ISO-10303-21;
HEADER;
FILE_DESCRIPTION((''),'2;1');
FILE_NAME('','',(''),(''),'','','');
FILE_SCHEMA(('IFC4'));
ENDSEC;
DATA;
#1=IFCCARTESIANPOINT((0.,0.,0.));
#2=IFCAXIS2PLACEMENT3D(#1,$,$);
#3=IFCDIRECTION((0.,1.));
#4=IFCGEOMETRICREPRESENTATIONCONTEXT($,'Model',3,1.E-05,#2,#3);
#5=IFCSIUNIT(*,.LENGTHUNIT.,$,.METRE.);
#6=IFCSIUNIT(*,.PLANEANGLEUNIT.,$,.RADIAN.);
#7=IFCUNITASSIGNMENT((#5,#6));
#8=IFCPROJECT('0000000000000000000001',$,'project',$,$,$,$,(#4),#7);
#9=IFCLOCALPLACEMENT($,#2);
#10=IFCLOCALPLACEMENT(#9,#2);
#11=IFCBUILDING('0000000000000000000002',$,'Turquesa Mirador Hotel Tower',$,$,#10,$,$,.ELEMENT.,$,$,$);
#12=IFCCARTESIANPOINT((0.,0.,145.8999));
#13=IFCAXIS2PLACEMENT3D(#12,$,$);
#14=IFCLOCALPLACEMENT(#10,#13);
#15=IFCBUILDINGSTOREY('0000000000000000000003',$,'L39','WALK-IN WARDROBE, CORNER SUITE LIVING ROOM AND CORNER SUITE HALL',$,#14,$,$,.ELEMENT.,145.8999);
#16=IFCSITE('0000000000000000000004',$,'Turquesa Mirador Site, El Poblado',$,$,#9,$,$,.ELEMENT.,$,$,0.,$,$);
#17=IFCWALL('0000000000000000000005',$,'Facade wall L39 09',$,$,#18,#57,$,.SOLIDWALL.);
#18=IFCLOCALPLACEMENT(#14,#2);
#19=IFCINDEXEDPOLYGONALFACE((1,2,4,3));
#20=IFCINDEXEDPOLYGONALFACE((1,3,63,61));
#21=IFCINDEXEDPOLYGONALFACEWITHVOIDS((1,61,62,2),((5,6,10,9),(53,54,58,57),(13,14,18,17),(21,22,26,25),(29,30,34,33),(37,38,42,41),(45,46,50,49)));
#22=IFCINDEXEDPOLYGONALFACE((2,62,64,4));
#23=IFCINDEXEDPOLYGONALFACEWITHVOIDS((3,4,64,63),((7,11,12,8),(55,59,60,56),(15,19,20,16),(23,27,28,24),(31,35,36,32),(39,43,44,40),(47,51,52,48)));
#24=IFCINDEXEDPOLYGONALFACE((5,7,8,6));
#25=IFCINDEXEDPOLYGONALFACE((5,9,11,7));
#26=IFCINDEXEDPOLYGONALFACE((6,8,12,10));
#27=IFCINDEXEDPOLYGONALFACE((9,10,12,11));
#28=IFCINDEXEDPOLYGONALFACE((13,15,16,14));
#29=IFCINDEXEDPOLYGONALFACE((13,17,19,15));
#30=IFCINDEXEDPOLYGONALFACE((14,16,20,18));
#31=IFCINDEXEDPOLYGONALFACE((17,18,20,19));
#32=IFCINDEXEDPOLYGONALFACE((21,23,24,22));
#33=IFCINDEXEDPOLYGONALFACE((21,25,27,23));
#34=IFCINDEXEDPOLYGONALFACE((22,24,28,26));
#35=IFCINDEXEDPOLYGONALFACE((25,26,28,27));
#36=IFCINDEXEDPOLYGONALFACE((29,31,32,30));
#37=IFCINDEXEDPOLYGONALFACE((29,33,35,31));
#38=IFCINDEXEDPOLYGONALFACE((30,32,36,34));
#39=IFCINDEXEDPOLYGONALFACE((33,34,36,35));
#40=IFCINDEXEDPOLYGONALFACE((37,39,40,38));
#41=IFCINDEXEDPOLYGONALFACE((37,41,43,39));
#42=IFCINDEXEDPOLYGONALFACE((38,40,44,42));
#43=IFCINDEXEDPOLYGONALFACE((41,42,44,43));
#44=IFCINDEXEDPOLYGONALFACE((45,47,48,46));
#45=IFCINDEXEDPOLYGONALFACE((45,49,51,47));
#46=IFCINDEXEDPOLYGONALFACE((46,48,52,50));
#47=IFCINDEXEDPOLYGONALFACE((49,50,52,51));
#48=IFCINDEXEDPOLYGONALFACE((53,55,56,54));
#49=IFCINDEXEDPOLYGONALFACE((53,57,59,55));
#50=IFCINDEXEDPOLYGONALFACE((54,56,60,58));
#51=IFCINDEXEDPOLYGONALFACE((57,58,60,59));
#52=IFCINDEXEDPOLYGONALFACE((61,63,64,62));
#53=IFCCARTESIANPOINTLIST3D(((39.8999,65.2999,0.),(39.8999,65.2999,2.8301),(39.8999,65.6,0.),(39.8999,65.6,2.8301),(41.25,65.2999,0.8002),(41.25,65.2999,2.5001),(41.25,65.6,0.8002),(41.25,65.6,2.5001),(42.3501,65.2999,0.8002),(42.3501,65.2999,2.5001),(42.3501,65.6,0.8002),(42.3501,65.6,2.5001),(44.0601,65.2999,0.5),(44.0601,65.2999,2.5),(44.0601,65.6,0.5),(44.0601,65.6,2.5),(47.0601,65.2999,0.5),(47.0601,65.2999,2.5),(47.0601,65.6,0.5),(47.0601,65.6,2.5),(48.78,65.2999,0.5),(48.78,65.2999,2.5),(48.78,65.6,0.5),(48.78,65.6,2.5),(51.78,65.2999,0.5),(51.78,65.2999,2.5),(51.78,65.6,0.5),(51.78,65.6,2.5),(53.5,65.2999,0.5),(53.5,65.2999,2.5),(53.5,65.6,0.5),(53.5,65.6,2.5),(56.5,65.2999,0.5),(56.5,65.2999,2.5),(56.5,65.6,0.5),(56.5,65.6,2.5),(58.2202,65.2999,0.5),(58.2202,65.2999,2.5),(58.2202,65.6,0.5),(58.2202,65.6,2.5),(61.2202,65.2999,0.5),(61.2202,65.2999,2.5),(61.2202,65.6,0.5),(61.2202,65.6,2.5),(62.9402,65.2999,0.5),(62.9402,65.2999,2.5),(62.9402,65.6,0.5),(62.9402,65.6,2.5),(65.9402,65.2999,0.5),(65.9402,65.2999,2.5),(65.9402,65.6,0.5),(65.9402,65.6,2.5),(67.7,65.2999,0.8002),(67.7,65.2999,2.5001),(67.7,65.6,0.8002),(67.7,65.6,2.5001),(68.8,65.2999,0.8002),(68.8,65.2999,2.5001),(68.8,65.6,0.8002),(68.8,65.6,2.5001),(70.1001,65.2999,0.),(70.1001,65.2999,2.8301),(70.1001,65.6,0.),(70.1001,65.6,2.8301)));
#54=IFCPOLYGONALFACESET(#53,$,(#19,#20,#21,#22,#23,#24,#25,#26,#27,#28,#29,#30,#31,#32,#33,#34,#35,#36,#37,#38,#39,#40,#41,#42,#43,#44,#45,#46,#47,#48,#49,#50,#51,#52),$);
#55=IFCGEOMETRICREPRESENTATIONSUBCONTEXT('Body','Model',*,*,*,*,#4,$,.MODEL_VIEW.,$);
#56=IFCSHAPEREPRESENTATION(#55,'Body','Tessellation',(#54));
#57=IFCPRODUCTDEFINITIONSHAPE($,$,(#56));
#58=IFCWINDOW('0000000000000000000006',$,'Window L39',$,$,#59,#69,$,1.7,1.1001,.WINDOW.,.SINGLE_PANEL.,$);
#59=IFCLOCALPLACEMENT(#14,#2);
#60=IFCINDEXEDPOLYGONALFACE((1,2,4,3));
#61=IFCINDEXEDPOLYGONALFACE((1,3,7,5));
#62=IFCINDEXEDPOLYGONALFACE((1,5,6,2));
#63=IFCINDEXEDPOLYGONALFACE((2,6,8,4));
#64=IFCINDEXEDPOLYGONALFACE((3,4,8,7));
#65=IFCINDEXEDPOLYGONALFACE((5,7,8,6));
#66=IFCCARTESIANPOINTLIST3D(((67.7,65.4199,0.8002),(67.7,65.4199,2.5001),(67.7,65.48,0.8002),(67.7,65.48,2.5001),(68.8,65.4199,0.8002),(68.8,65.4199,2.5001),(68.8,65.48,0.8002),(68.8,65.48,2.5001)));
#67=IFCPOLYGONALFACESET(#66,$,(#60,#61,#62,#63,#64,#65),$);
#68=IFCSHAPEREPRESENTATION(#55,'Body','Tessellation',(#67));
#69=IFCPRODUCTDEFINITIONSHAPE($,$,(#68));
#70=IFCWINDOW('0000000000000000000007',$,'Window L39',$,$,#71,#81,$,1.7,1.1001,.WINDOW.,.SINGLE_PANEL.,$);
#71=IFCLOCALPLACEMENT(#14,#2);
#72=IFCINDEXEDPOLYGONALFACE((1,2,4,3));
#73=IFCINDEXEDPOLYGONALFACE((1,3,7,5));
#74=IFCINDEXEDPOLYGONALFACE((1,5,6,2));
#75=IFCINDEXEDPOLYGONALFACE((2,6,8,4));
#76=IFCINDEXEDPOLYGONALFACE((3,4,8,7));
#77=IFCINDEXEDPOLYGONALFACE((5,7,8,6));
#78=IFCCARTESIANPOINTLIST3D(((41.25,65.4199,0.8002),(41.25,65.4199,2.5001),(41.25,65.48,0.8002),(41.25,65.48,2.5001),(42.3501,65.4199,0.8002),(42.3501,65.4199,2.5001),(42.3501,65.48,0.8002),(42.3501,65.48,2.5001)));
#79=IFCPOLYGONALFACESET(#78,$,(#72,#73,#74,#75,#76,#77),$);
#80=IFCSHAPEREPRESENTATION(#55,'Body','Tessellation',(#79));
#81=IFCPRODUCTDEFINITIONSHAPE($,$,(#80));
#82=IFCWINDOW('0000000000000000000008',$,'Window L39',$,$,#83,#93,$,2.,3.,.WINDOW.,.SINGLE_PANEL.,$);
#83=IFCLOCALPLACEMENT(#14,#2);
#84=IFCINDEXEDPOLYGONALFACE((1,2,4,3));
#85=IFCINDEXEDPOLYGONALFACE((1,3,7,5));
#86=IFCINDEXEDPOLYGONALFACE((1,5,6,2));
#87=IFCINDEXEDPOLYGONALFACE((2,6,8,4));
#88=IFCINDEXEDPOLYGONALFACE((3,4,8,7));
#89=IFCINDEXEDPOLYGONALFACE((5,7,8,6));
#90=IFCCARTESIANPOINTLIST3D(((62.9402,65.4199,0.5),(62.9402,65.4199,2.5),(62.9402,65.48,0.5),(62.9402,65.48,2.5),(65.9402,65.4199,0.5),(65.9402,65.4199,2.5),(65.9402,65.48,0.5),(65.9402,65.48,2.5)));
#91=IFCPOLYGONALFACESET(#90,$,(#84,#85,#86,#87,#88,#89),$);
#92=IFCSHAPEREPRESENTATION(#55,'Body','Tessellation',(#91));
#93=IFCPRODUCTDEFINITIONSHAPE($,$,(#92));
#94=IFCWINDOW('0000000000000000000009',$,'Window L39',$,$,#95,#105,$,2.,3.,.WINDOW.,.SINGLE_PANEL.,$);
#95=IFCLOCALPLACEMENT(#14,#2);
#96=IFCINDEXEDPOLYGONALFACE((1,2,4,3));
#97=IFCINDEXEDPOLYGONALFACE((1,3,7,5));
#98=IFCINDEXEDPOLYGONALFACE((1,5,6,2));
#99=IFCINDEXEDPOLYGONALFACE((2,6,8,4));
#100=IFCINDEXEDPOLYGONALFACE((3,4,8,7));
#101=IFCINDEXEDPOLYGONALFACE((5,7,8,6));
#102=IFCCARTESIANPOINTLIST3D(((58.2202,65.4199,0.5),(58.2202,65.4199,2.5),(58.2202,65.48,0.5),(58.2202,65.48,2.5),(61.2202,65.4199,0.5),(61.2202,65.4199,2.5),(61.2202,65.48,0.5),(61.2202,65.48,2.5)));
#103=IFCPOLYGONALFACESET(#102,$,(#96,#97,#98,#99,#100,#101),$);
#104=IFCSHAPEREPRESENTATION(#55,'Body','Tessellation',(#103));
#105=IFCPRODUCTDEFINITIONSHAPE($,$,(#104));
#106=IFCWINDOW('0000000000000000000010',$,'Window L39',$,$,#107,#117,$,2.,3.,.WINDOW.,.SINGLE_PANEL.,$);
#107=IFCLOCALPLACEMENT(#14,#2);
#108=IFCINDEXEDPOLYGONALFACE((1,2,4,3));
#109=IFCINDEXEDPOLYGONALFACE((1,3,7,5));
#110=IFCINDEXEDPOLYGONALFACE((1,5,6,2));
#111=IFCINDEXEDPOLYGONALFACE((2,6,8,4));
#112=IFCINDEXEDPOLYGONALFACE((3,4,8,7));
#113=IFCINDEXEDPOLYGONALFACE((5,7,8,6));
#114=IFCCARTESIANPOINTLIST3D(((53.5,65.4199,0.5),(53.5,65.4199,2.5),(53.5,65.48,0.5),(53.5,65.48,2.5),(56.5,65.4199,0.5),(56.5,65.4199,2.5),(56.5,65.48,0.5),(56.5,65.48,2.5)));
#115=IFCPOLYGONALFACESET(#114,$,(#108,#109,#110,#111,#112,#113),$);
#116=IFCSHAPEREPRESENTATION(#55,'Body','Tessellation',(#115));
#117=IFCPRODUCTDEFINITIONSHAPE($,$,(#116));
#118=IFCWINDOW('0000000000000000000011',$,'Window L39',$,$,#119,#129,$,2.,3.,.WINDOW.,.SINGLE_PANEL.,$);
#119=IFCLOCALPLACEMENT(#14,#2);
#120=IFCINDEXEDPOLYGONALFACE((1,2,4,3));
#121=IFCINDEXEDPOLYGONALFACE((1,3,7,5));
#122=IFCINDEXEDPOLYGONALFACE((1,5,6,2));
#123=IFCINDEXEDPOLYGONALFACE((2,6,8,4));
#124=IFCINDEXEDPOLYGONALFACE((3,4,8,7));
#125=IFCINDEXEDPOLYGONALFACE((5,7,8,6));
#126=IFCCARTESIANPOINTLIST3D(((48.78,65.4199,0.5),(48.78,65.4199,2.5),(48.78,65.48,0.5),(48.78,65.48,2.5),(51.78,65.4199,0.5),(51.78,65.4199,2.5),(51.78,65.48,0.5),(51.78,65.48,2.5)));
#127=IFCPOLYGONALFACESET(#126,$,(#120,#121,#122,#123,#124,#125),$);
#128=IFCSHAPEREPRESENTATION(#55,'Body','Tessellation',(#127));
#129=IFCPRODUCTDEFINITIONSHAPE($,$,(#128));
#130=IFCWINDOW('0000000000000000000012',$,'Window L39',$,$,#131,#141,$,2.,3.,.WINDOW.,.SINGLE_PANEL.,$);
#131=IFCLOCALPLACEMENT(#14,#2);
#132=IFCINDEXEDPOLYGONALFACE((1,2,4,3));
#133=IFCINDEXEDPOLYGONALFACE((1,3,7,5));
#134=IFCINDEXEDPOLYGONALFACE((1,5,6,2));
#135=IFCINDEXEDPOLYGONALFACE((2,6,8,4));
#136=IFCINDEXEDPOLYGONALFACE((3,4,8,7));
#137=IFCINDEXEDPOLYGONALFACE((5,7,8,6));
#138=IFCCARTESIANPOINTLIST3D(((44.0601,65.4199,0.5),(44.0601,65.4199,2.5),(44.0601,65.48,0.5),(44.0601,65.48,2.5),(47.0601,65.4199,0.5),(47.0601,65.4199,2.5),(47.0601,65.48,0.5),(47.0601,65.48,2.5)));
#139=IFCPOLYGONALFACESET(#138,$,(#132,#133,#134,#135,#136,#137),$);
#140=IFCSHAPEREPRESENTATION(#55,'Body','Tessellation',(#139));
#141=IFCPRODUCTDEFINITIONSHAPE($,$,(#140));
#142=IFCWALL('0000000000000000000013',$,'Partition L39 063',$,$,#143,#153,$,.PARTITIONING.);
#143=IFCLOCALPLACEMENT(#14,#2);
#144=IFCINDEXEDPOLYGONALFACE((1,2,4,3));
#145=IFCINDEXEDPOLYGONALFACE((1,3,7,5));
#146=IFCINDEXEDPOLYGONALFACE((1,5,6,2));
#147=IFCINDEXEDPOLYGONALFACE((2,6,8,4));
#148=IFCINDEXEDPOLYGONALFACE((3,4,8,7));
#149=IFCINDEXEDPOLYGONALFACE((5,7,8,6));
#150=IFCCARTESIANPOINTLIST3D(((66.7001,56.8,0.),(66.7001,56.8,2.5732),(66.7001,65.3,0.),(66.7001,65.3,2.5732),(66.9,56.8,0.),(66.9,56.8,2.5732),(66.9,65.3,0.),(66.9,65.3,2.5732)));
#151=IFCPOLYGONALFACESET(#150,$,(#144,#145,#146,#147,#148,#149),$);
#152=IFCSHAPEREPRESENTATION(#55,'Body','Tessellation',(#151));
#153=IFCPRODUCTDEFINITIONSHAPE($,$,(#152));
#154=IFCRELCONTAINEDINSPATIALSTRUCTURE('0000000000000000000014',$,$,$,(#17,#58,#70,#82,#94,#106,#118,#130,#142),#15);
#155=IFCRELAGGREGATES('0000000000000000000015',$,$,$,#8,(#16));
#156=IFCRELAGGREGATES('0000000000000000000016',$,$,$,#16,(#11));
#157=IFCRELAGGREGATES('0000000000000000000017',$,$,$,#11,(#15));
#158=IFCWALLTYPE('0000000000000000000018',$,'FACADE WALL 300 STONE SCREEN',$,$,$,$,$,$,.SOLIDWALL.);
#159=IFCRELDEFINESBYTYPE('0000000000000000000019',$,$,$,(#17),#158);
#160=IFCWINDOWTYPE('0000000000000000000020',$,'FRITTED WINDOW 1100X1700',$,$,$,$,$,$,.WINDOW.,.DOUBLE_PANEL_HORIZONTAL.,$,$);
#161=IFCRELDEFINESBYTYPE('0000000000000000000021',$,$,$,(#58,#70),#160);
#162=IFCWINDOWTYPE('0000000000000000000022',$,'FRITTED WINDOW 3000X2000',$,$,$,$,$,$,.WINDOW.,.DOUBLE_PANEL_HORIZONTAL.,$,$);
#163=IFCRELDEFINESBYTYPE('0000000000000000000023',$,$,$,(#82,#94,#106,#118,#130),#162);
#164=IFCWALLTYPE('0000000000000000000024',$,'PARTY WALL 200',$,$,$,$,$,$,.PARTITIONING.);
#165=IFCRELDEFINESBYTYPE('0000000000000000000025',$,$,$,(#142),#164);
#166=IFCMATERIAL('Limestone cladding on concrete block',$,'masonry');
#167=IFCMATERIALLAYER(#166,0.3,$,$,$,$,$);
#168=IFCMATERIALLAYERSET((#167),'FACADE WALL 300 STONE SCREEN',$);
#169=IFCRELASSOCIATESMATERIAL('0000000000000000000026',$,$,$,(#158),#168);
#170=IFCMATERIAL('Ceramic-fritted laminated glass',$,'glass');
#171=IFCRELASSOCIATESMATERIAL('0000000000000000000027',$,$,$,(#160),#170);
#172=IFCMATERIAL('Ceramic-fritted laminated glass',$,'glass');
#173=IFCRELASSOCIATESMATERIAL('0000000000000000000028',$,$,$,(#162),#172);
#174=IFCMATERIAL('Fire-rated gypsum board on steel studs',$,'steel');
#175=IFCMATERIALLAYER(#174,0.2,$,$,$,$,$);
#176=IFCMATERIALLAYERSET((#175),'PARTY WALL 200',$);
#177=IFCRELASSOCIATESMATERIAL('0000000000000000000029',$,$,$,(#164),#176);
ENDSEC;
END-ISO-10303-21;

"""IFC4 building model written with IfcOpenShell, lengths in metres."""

from ifc_helpers import new_model, si_unit, direction, frame, frame_2d, origin, place, context, subcontext, project, spatial, rectangle, extrude, material, layer, layer_set, type_object, element, fill, save


model = new_model("IFC4")

# Units and contexts
model_context = context("Model", 3, precision=1e-05, world=origin(), true_north=direction((0.0, 1.0)))
body_context = subcontext(model_context, "Body", "Model", "MODEL_VIEW")
ifc_project = project(units=[si_unit("LENGTHUNIT", "METRE"), si_unit("PLANEANGLEUNIT", "RADIAN")], contexts=[model_context])

# Site, building, storey
site_placement = place(None, origin())
site = spatial("IfcSite", under=ifc_project, at=site_placement, Name="Turquesa Mirador Site, El Poblado", CompositionType="ELEMENT", RefElevation=0.0)
building_placement = place(site_placement, origin())
building = spatial("IfcBuilding", under=site, at=building_placement, Name="Turquesa Mirador Hotel Tower", CompositionType="ELEMENT")
storey_placement = place(building_placement, frame((0.0, 0.0, 145.8999)))
storey = spatial("IfcBuildingStorey", under=building, at=storey_placement, Name="L39", Description="WALK-IN WARDROBE, CORNER SUITE LIVING ROOM AND CORNER SUITE HALL", CompositionType="ELEMENT", Elevation=145.8999)

# Shared definitions
ifc_material_1 = material(Name="Limestone cladding on concrete block", Category="masonry")
ifc_layer_1 = layer(ifc_material_1, 0.3)
ifc_layer_set_1 = layer_set([ifc_layer_1], Name="FACADE WALL 300 STONE SCREEN")
wall_type_1 = type_object("IfcWallType", Name="FACADE WALL 300 STONE SCREEN", PredefinedType="SOLIDWALL", material=ifc_layer_set_1)

# Wall, openings, windows
wall_1_placement = place(storey_placement, frame((70.1001, 65.45, 0.0), z_axis=(0.0, 0.0, 1.0), x_axis=(-1.0, 0.0, 0.0)))
wall_1 = element("IfcWall", 1, at=wall_1_placement, inside=storey, type_object=wall_type_1, Name="Facade wall L39 09", PredefinedType="SOLIDWALL", context=body_context, shape_type="SweptSolid", body=[
    extrude(rectangle(XDim=30.2002, YDim=0.3, at=frame_2d((15.1001, 0.0))), origin(), (0.0, 0.0, 1.0), 2.8301),
])
opening_1_placement = place(wall_1_placement, frame((1.3, 0.0, 0.8)))
opening_1 = element("IfcOpeningElement", 2, at=opening_1_placement, cuts=wall_1, PredefinedType="OPENING", context=body_context, shape_type="SweptSolid", body=[
    extrude(rectangle(XDim=1.1001, YDim=1.7, at=frame_2d((0.55, 0.8501))), frame((0.0, 0.1599, 0.0), z_axis=(0.0, -1.0, 0.0), x_axis=(1.0, 0.0, 0.0)), (0.0, 0.0, 1.0), 0.3201),
])
opening_2_placement = place(wall_1_placement, frame((4.1599, 0.0, 0.5)))
opening_2 = element("IfcOpeningElement", 3, at=opening_2_placement, cuts=wall_1, PredefinedType="OPENING", context=body_context, shape_type="SweptSolid", body=[
    extrude(rectangle(XDim=3.0, YDim=2.0, at=frame_2d((1.5, 1.0))), frame((0.0, 0.1599, 0.0), z_axis=(0.0, -1.0, 0.0), x_axis=(1.0, 0.0, 0.0)), (0.0, 0.0, 1.0), 0.3201),
])
opening_3_placement = place(wall_1_placement, frame((8.8799, 0.0, 0.5)))
opening_3 = element("IfcOpeningElement", 4, at=opening_3_placement, cuts=wall_1, PredefinedType="OPENING", context=body_context, shape_type="SweptSolid", body=[
    extrude(rectangle(XDim=3.0, YDim=2.0, at=frame_2d((1.5, 1.0))), frame((0.0, 0.1599, 0.0), z_axis=(0.0, -1.0, 0.0), x_axis=(1.0, 0.0, 0.0)), (0.0, 0.0, 1.0), 0.3201),
])
opening_4_placement = place(wall_1_placement, frame((13.6001, 0.0, 0.5)))
opening_4 = element("IfcOpeningElement", 5, at=opening_4_placement, cuts=wall_1, PredefinedType="OPENING", context=body_context, shape_type="SweptSolid", body=[
    extrude(rectangle(XDim=3.0, YDim=2.0, at=frame_2d((1.5, 1.0))), frame((0.0, 0.1599, 0.0), z_axis=(0.0, -1.0, 0.0), x_axis=(1.0, 0.0, 0.0)), (0.0, 0.0, 1.0), 0.3201),
])
opening_5_placement = place(wall_1_placement, frame((18.3201, 0.0, 0.5)))
opening_5 = element("IfcOpeningElement", 6, at=opening_5_placement, cuts=wall_1, PredefinedType="OPENING", context=body_context, shape_type="SweptSolid", body=[
    extrude(rectangle(XDim=3.0, YDim=2.0, at=frame_2d((1.5, 1.0))), frame((0.0, 0.1599, 0.0), z_axis=(0.0, -1.0, 0.0), x_axis=(1.0, 0.0, 0.0)), (0.0, 0.0, 1.0), 0.3201),
])
opening_6_placement = place(wall_1_placement, frame((23.04, 0.0, 0.5)))
opening_6 = element("IfcOpeningElement", 7, at=opening_6_placement, cuts=wall_1, PredefinedType="OPENING", context=body_context, shape_type="SweptSolid", body=[
    extrude(rectangle(XDim=3.0, YDim=2.0, at=frame_2d((1.5, 1.0))), frame((0.0, 0.1599, 0.0), z_axis=(0.0, -1.0, 0.0), x_axis=(1.0, 0.0, 0.0)), (0.0, 0.0, 1.0), 0.3201),
])
opening_7_placement = place(wall_1_placement, frame((27.75, 0.0, 0.8)))
opening_7 = element("IfcOpeningElement", 8, at=opening_7_placement, cuts=wall_1, PredefinedType="OPENING", context=body_context, shape_type="SweptSolid", body=[
    extrude(rectangle(XDim=1.1001, YDim=1.7, at=frame_2d((0.55, 0.8501))), frame((0.0, 0.1599, 0.0), z_axis=(0.0, -1.0, 0.0), x_axis=(1.0, 0.0, 0.0)), (0.0, 0.0, 1.0), 0.3201),
])
ifc_material_2 = material(Name="Ceramic-fritted laminated glass", Category="glass")
window_type_1 = type_object("IfcWindowType", Name="FRITTED WINDOW 1100X1700", PartitioningType="DOUBLE_PANEL_HORIZONTAL", PredefinedType="WINDOW", material=ifc_material_2)
window_1_placement = place(opening_1_placement, origin())
window_1 = element("IfcWindow", 9, at=window_1_placement, inside=storey, type_object=window_type_1, Name="Window L39", OverallHeight=1.7, OverallWidth=1.1001, PartitioningType="SINGLE_PANEL", PredefinedType="WINDOW", context=body_context, shape_type="SweptSolid", body=[
    extrude(rectangle(XDim=1.1001, YDim=1.7, at=frame_2d((0.55, 0.8501))), frame((0.0, 0.03, 0.0), z_axis=(0.0, -1.0, 0.0), x_axis=(1.0, 0.0, 0.0)), (0.0, 0.0, 1.0), 0.0601),
])
fill(opening_1, window_1)
window_2_placement = place(opening_7_placement, origin())
window_2 = element("IfcWindow", 10, at=window_2_placement, inside=storey, type_object=window_type_1, Name="Window L39", OverallHeight=1.7, OverallWidth=1.1001, PartitioningType="SINGLE_PANEL", PredefinedType="WINDOW", context=body_context, shape_type="SweptSolid", body=[
    extrude(rectangle(XDim=1.1001, YDim=1.7, at=frame_2d((0.55, 0.8501))), frame((0.0, 0.03, 0.0), z_axis=(0.0, -1.0, 0.0), x_axis=(1.0, 0.0, 0.0)), (0.0, 0.0, 1.0), 0.0601),
])
fill(opening_7, window_2)
ifc_material_3 = material(Name="Ceramic-fritted laminated glass", Category="glass")
window_type_2 = type_object("IfcWindowType", Name="FRITTED WINDOW 3000X2000", PartitioningType="DOUBLE_PANEL_HORIZONTAL", PredefinedType="WINDOW", material=ifc_material_3)
window_3_placement = place(opening_2_placement, origin())
window_3 = element("IfcWindow", 11, at=window_3_placement, inside=storey, type_object=window_type_2, Name="Window L39", OverallHeight=2.0, OverallWidth=3.0, PartitioningType="SINGLE_PANEL", PredefinedType="WINDOW", context=body_context, shape_type="SweptSolid", body=[
    extrude(rectangle(XDim=3.0, YDim=2.0, at=frame_2d((1.5, 1.0))), frame((0.0, 0.03, 0.0), z_axis=(0.0, -1.0, 0.0), x_axis=(1.0, 0.0, 0.0)), (0.0, 0.0, 1.0), 0.0601),
])
fill(opening_2, window_3)
window_4_placement = place(opening_3_placement, origin())
window_4 = element("IfcWindow", 12, at=window_4_placement, inside=storey, type_object=window_type_2, Name="Window L39", OverallHeight=2.0, OverallWidth=3.0, PartitioningType="SINGLE_PANEL", PredefinedType="WINDOW", context=body_context, shape_type="SweptSolid", body=[
    extrude(rectangle(XDim=3.0, YDim=2.0, at=frame_2d((1.5, 1.0))), frame((0.0, 0.03, 0.0), z_axis=(0.0, -1.0, 0.0), x_axis=(1.0, 0.0, 0.0)), (0.0, 0.0, 1.0), 0.0601),
])
fill(opening_3, window_4)
window_5_placement = place(opening_4_placement, origin())
window_5 = element("IfcWindow", 13, at=window_5_placement, inside=storey, type_object=window_type_2, Name="Window L39", OverallHeight=2.0, OverallWidth=3.0, PartitioningType="SINGLE_PANEL", PredefinedType="WINDOW", context=body_context, shape_type="SweptSolid", body=[
    extrude(rectangle(XDim=3.0, YDim=2.0, at=frame_2d((1.5, 1.0))), frame((0.0, 0.03, 0.0), z_axis=(0.0, -1.0, 0.0), x_axis=(1.0, 0.0, 0.0)), (0.0, 0.0, 1.0), 0.0601),
])
fill(opening_4, window_5)
window_6_placement = place(opening_5_placement, origin())
window_6 = element("IfcWindow", 14, at=window_6_placement, inside=storey, type_object=window_type_2, Name="Window L39", OverallHeight=2.0, OverallWidth=3.0, PartitioningType="SINGLE_PANEL", PredefinedType="WINDOW", context=body_context, shape_type="SweptSolid", body=[
    extrude(rectangle(XDim=3.0, YDim=2.0, at=frame_2d((1.5, 1.0))), frame((0.0, 0.03, 0.0), z_axis=(0.0, -1.0, 0.0), x_axis=(1.0, 0.0, 0.0)), (0.0, 0.0, 1.0), 0.0601),
])
fill(opening_5, window_6)
window_7_placement = place(opening_6_placement, origin())
window_7 = element("IfcWindow", 15, at=window_7_placement, inside=storey, type_object=window_type_2, Name="Window L39", OverallHeight=2.0, OverallWidth=3.0, PartitioningType="SINGLE_PANEL", PredefinedType="WINDOW", context=body_context, shape_type="SweptSolid", body=[
    extrude(rectangle(XDim=3.0, YDim=2.0, at=frame_2d((1.5, 1.0))), frame((0.0, 0.03, 0.0), z_axis=(0.0, -1.0, 0.0), x_axis=(1.0, 0.0, 0.0)), (0.0, 0.0, 1.0), 0.0601),
])
fill(opening_6, window_7)

# Wall
ifc_material_4 = material(Name="Fire-rated gypsum board on steel studs", Category="steel")
ifc_layer_2 = layer(ifc_material_4, 0.2)
ifc_layer_set_2 = layer_set([ifc_layer_2], Name="PARTY WALL 200")
wall_type_2 = type_object("IfcWallType", Name="PARTY WALL 200", PredefinedType="PARTITIONING", material=ifc_layer_set_2)
wall_2_placement = place(storey_placement, frame((66.8, 56.8, 0.0), z_axis=(0.0, 0.0, 1.0), x_axis=(0.0, 1.0, 0.0)))
element("IfcWall", 16, at=wall_2_placement, inside=storey, type_object=wall_type_2, Name="Partition L39 063", PredefinedType="PARTITIONING", context=body_context, shape_type="SweptSolid", body=[
    extrude(rectangle(XDim=8.5, YDim=0.2, at=frame_2d((4.25, 0.0))), origin(), (0.0, 0.0, 1.0), 2.5732),
])

save(model, "model.ifc")
